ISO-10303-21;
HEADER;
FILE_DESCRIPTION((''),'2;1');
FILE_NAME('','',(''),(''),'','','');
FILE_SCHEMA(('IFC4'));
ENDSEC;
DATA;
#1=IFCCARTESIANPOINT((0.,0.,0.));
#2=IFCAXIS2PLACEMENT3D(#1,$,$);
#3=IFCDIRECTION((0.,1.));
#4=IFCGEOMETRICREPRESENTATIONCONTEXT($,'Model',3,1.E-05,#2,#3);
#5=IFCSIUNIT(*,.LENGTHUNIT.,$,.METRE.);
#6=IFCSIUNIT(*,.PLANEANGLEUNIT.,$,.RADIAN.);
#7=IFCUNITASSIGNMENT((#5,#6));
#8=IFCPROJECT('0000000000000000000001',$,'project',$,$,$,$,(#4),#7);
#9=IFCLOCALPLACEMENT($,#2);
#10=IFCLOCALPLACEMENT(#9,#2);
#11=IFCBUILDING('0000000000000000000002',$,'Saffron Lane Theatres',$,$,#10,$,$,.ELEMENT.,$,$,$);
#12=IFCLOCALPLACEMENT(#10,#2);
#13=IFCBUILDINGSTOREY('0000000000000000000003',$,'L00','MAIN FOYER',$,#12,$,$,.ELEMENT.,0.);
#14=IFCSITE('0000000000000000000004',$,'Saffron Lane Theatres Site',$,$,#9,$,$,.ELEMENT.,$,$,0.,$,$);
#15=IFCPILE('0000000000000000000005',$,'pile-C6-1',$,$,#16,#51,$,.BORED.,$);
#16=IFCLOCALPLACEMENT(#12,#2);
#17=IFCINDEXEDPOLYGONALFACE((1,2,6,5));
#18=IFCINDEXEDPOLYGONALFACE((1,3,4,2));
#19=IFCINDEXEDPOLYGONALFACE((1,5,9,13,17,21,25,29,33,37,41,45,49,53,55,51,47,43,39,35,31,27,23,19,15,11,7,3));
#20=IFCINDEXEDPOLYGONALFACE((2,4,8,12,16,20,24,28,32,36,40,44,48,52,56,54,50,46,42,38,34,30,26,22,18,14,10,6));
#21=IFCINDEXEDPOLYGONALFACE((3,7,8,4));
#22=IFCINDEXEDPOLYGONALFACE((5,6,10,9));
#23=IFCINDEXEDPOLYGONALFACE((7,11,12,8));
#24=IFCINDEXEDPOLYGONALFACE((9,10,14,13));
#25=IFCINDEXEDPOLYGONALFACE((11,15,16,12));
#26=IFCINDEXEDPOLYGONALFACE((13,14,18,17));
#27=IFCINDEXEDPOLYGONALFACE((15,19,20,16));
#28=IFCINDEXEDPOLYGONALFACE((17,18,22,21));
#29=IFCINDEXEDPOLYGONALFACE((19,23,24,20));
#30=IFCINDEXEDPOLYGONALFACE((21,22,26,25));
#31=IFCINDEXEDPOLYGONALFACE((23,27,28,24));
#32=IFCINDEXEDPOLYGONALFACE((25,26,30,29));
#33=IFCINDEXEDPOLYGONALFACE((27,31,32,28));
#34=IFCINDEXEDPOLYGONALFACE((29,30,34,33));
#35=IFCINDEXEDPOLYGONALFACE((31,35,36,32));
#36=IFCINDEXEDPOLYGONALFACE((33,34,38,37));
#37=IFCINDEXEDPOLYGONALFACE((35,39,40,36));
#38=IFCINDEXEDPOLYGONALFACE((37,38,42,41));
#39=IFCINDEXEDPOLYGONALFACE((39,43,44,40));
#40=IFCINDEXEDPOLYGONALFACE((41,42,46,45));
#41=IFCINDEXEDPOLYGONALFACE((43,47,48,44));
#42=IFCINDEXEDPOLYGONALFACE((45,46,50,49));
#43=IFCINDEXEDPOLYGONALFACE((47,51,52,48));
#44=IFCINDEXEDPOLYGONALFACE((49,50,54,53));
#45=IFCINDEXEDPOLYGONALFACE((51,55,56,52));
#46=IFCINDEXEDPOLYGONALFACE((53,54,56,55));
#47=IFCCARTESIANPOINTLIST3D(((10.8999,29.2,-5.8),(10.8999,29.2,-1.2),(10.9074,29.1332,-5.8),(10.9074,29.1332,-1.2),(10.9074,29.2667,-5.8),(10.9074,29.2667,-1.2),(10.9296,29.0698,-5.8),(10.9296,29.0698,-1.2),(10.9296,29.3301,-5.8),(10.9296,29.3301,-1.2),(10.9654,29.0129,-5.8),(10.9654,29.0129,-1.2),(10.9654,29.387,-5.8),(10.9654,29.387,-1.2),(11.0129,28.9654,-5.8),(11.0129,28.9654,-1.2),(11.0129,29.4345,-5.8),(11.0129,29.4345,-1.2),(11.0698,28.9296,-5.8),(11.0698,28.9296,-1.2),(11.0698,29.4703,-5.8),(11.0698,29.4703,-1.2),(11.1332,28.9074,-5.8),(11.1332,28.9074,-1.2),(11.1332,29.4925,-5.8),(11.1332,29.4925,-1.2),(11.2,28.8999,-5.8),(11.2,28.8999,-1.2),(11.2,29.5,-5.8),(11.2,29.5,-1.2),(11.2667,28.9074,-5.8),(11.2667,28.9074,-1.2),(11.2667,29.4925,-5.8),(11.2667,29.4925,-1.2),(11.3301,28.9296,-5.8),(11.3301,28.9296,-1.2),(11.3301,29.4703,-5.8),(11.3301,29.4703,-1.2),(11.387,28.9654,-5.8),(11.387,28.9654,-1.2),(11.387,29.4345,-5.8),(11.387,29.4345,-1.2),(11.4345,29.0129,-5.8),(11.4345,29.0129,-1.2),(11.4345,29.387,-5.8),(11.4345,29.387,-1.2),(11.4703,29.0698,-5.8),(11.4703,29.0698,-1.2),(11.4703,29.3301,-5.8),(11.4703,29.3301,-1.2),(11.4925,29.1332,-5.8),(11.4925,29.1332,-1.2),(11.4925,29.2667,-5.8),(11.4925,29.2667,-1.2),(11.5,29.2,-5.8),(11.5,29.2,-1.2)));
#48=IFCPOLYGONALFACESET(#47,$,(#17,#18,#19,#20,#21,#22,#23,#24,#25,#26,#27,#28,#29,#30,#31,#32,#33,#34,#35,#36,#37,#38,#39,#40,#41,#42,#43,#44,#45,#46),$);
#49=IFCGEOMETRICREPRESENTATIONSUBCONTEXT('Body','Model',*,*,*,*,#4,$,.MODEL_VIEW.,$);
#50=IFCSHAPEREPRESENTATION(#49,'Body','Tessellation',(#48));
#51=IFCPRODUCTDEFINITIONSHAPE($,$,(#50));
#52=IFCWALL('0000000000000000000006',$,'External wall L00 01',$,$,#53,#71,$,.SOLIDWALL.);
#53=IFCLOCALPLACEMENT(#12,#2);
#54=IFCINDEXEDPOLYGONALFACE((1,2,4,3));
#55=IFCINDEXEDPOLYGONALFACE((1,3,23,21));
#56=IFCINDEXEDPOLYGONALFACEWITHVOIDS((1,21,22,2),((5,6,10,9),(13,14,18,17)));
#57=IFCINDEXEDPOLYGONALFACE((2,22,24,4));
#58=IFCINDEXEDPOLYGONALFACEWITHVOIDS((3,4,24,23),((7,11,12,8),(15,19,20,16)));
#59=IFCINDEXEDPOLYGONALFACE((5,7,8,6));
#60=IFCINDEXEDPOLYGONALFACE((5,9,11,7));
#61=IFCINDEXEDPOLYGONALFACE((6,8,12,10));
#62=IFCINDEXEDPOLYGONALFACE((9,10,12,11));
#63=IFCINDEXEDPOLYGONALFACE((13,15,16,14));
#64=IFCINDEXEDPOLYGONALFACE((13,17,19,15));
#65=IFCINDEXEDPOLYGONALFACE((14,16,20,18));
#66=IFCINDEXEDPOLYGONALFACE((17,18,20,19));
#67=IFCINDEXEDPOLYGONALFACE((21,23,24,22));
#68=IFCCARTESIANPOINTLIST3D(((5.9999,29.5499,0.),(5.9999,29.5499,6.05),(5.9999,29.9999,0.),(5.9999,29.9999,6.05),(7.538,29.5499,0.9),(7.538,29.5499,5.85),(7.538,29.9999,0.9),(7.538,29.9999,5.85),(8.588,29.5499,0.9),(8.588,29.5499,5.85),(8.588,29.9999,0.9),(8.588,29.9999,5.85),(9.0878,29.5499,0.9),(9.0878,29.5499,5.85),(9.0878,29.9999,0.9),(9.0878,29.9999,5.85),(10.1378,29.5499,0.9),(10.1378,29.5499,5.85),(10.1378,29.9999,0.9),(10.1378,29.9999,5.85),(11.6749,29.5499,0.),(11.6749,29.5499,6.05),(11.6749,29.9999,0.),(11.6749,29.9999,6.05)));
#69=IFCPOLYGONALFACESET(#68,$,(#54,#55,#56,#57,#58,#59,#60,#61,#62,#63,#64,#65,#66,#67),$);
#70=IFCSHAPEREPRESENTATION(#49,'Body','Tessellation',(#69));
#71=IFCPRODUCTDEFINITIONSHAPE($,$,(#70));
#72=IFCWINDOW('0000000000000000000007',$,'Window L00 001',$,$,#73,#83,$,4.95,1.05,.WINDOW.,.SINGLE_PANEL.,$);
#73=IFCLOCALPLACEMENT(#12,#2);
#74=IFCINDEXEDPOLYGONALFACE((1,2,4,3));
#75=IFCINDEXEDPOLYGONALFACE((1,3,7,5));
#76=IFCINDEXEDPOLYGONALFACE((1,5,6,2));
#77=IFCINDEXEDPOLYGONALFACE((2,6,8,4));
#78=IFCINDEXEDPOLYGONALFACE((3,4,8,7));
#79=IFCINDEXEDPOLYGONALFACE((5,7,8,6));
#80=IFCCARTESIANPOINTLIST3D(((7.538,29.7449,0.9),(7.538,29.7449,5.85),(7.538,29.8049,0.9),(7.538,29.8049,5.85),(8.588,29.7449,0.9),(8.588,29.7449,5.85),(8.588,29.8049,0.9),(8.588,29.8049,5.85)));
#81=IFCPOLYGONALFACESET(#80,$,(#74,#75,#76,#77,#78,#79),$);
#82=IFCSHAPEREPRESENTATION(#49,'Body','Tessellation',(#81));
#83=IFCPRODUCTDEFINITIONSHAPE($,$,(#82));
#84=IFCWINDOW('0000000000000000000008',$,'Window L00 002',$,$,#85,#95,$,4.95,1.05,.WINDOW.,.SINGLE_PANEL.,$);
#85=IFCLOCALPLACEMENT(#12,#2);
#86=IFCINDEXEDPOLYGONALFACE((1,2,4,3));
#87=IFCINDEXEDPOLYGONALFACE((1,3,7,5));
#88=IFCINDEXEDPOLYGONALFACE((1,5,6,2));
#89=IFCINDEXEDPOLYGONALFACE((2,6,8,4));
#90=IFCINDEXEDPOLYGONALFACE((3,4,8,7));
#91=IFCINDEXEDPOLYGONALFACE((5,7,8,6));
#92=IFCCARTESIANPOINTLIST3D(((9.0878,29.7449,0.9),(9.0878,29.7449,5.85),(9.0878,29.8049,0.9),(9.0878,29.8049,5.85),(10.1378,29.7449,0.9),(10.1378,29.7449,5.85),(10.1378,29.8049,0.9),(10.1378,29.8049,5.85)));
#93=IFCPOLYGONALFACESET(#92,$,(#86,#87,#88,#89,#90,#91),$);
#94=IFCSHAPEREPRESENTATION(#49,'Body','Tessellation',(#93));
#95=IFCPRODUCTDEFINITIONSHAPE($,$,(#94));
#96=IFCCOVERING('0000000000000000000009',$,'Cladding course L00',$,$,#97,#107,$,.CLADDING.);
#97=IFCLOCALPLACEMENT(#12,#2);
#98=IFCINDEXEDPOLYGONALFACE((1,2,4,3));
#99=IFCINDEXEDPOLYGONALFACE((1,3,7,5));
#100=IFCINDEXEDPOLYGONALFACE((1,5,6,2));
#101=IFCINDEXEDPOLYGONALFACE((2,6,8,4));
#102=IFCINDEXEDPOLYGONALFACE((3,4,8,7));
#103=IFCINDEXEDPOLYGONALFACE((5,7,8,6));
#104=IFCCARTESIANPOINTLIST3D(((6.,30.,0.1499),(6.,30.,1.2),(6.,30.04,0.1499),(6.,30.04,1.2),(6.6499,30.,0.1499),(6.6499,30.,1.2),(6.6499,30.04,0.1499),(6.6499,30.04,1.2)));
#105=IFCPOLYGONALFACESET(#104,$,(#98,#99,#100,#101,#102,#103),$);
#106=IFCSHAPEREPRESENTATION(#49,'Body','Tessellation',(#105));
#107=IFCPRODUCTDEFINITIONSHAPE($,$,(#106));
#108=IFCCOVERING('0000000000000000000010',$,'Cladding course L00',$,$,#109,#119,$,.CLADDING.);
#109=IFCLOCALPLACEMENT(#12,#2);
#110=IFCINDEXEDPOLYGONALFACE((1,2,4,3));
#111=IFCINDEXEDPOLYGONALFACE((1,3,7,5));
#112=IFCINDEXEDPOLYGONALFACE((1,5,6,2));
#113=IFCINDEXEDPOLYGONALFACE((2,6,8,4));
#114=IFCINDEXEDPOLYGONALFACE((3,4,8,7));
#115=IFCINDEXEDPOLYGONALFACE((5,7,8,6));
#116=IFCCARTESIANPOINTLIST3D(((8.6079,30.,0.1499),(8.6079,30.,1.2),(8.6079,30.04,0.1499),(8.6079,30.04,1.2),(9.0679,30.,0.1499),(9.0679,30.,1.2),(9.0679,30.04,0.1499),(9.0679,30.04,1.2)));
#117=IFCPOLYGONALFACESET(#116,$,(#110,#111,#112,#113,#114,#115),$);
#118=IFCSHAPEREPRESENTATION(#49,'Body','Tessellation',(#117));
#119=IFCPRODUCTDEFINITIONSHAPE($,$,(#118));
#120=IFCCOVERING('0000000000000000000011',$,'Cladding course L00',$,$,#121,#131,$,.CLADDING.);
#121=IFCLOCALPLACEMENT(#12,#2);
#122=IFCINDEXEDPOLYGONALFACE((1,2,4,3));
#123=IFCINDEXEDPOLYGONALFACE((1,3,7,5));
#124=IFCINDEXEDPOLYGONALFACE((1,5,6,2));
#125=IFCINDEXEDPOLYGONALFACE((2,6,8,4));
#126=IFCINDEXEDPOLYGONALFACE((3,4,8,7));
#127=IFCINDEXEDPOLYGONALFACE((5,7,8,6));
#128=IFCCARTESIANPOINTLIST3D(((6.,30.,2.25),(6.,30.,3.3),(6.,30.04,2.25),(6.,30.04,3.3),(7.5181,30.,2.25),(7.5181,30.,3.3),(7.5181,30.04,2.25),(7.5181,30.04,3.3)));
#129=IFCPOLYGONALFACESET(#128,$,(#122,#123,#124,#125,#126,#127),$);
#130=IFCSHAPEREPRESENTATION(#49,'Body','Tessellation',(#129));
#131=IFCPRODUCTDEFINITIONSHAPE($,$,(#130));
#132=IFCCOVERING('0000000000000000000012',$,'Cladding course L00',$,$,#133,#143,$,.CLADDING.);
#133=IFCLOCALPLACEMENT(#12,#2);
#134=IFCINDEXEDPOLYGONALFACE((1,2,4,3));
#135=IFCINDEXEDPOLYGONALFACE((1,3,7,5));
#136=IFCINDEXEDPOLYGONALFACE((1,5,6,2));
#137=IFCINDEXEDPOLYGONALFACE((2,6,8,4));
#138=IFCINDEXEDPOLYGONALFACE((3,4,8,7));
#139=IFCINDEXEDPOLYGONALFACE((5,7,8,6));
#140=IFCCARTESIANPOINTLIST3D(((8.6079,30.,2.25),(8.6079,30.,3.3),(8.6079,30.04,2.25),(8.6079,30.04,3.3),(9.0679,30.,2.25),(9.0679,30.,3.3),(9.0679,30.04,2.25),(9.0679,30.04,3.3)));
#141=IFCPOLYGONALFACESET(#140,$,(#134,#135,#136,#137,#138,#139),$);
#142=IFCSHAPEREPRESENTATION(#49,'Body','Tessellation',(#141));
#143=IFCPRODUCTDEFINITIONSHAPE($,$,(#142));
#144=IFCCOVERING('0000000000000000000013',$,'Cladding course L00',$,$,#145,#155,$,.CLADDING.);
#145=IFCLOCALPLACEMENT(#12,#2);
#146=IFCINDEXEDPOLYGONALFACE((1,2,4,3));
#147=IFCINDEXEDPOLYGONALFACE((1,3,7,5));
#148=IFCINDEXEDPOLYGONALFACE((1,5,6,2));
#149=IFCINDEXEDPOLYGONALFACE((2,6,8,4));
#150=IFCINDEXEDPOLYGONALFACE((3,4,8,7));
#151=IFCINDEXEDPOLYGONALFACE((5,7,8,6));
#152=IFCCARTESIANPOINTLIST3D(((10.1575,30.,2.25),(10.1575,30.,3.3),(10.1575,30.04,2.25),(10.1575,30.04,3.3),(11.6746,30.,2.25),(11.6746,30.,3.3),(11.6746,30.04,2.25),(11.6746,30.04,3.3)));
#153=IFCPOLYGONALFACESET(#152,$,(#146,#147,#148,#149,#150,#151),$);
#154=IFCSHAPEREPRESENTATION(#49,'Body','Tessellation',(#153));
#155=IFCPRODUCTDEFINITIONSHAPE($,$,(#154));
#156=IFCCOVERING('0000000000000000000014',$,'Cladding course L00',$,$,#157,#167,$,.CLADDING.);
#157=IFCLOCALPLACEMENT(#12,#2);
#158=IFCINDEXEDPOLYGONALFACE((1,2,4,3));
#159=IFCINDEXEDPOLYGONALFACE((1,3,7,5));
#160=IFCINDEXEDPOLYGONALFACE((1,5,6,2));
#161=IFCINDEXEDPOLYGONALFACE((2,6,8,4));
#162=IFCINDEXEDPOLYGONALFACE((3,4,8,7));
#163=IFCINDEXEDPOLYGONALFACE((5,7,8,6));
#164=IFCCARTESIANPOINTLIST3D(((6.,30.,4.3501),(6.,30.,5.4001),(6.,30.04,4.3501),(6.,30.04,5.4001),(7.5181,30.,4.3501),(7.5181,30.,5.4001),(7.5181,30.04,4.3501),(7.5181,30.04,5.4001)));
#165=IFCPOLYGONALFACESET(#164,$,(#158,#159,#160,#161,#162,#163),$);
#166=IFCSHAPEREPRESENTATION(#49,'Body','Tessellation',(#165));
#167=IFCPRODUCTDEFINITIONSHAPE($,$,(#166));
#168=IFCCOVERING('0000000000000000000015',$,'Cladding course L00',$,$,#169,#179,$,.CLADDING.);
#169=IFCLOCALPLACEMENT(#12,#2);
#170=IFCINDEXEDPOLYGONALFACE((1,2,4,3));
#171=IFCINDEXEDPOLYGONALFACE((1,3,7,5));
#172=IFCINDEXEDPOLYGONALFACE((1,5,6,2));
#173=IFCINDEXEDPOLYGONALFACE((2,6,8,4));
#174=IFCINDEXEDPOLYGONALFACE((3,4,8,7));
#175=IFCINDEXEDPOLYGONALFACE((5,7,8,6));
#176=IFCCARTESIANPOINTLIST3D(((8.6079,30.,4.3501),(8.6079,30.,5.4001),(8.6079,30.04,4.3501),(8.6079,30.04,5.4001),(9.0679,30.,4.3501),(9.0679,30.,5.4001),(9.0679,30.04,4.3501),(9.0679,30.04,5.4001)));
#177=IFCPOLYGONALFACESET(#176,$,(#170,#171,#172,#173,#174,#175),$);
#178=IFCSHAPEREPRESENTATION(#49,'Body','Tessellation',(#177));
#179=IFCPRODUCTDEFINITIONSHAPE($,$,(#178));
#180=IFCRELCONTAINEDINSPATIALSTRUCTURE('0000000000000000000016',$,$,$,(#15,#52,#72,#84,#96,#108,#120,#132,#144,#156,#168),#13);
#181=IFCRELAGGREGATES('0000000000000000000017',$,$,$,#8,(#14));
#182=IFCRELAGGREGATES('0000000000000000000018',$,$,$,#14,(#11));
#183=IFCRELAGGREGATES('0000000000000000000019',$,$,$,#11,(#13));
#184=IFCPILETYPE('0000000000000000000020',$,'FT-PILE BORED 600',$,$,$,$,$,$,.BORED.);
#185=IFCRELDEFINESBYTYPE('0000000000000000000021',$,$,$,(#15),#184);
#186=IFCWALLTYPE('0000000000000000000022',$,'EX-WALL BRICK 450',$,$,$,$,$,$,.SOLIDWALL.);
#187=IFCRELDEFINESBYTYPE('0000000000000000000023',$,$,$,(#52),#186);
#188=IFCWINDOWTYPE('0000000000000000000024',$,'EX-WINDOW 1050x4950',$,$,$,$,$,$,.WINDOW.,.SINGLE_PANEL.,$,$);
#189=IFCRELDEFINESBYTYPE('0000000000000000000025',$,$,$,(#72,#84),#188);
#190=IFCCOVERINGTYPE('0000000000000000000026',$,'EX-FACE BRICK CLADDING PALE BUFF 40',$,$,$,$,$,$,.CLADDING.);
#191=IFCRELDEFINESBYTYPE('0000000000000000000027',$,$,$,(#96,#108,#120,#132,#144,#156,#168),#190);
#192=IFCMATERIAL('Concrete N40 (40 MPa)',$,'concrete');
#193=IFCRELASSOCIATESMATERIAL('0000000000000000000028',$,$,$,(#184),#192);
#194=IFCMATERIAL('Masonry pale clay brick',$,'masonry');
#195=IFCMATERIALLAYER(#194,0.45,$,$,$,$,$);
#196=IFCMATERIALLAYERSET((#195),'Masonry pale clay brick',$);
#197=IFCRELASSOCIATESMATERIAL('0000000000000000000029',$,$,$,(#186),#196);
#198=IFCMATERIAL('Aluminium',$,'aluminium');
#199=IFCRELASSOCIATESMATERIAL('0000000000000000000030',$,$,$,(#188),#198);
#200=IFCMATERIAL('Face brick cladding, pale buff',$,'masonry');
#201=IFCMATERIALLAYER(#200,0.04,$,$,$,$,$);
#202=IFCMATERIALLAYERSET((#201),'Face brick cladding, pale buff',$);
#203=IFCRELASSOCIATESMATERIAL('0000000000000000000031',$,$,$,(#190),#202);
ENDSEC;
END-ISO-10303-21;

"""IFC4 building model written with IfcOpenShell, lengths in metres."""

from ifc_helpers import new_model, si_unit, direction, frame, frame_2d, origin, origin_2d, place, context, subcontext, project, spatial, rectangle, circle, extrude, material, layer, layer_set, material_profile, profile_set, type_object, element, fill, save


model = new_model("IFC4")

# Units and contexts
model_context = context("Model", 3, precision=1e-05, world=origin(), true_north=direction((0.0, 1.0)))
body_context = subcontext(model_context, "Body", "Model", "MODEL_VIEW")
ifc_project = project(units=[si_unit("LENGTHUNIT", "METRE"), si_unit("PLANEANGLEUNIT", "RADIAN")], contexts=[model_context])

# Site, building, storey
site_placement = place(None, origin())
site = spatial("IfcSite", under=ifc_project, at=site_placement, Name="Saffron Lane Theatres Site", CompositionType="ELEMENT", RefElevation=0.0)
building_placement = place(site_placement, origin())
building = spatial("IfcBuilding", under=site, at=building_placement, Name="Saffron Lane Theatres", CompositionType="ELEMENT")
storey_placement = place(building_placement, origin())
storey = spatial("IfcBuildingStorey", under=building, at=storey_placement, Name="L00", Description="MAIN FOYER", CompositionType="ELEMENT", Elevation=0.0)

# Pile
ifc_material_1 = material(Name="Concrete N40 (40 MPa)", Category="concrete")
ifc_material_profile = material_profile(ifc_material_1, circle(Radius=0.3, at=origin_2d()))
ifc_profile_set = profile_set([ifc_material_profile], Name="Concrete N40 (40 MPa)")
pile_type = type_object("IfcPileType", Name="FT-PILE BORED 600", PredefinedType="BORED", material=ifc_profile_set)
pile_placement = place(storey_placement, frame((11.2, 29.2, -1.2), z_axis=(0.0, 0.0, -1.0), x_axis=(1.0, 0.0, 0.0)))
element("IfcPile", 1, at=pile_placement, inside=storey, type_object=pile_type, Name="pile-C6-1", PredefinedType="BORED", context=body_context, shape_type="SweptSolid", body=[
    extrude(circle(Radius=0.3, at=origin_2d()), origin(), (0.0, 0.0, 1.0), 4.6001),
])

# Wall, openings, windows
ifc_material_2 = material(Name="Masonry pale clay brick", Category="masonry")
ifc_layer_1 = layer(ifc_material_2, 0.45)
ifc_layer_set_1 = layer_set([ifc_layer_1], Name="Masonry pale clay brick")
wall_type = type_object("IfcWallType", Name="EX-WALL BRICK 450", PredefinedType="SOLIDWALL", material=ifc_layer_set_1)
wall_placement = place(storey_placement, frame((6.0, 29.7749, 0.0), z_axis=(0.0, 0.0, 1.0), x_axis=(1.0, 0.0, 0.0)))
wall = element("IfcWall", 2, at=wall_placement, inside=storey, type_object=wall_type, Name="External wall L00 01", PredefinedType="SOLIDWALL", context=body_context, shape_type="SweptSolid", body=[
    extrude(rectangle(XDim=5.675, YDim=0.45, at=frame_2d((2.8374, 0.0))), origin(), (0.0, 0.0, 1.0), 6.05),
])
opening_1_placement = place(wall_placement, frame((1.5381, 0.0, 0.8999)))
opening_1 = element("IfcOpeningElement", 3, at=opening_1_placement, cuts=wall, PredefinedType="OPENING", context=body_context, shape_type="SweptSolid", body=[
    extrude(rectangle(XDim=1.05, YDim=4.95, at=frame_2d((0.5249, 2.4751))), frame((0.0, 0.2349, 0.0), z_axis=(0.0, -1.0, 0.0), x_axis=(1.0, 0.0, 0.0)), (0.0, 0.0, 1.0), 0.47),
])
opening_2_placement = place(wall_placement, frame((3.0879, 0.0, 0.8999)))
opening_2 = element("IfcOpeningElement", 4, at=opening_2_placement, cuts=wall, PredefinedType="OPENING", context=body_context, shape_type="SweptSolid", body=[
    extrude(rectangle(XDim=1.05, YDim=4.95, at=frame_2d((0.5249, 2.4751))), frame((0.0, 0.2349, 0.0), z_axis=(0.0, -1.0, 0.0), x_axis=(1.0, 0.0, 0.0)), (0.0, 0.0, 1.0), 0.47),
])
ifc_material_3 = material(Name="Aluminium", Category="aluminium")
window_type = type_object("IfcWindowType", Name="EX-WINDOW 1050x4950", PartitioningType="SINGLE_PANEL", PredefinedType="WINDOW", material=ifc_material_3)
window_1_placement = place(opening_1_placement, origin())
window_1 = element("IfcWindow", 5, at=window_1_placement, inside=storey, type_object=window_type, Name="Window L00 001", OverallHeight=4.95, OverallWidth=1.05, PartitioningType="SINGLE_PANEL", PredefinedType="WINDOW", context=body_context, shape_type="SweptSolid", body=[
    extrude(rectangle(XDim=1.05, YDim=4.95, at=frame_2d((0.5249, 2.4751))), frame((0.0, 0.03, 0.0), z_axis=(0.0, -1.0, 0.0), x_axis=(1.0, 0.0, 0.0)), (0.0, 0.0, 1.0), 0.0601),
])
fill(opening_1, window_1)
window_2_placement = place(opening_2_placement, origin())
window_2 = element("IfcWindow", 6, at=window_2_placement, inside=storey, type_object=window_type, Name="Window L00 002", OverallHeight=4.95, OverallWidth=1.05, PartitioningType="SINGLE_PANEL", PredefinedType="WINDOW", context=body_context, shape_type="SweptSolid", body=[
    extrude(rectangle(XDim=1.05, YDim=4.95, at=frame_2d((0.5249, 2.4751))), frame((0.0, 0.03, 0.0), z_axis=(0.0, -1.0, 0.0), x_axis=(1.0, 0.0, 0.0)), (0.0, 0.0, 1.0), 0.0601),
])
fill(opening_2, window_2)

# Coverings
ifc_material_4 = material(Name="Face brick cladding, pale buff", Category="masonry")
ifc_layer_2 = layer(ifc_material_4, 0.04)
ifc_layer_set_2 = layer_set([ifc_layer_2], Name="Face brick cladding, pale buff")
covering_type_1 = type_object("IfcCoveringType", Name="EX-FACE BRICK CLADDING PALE BUFF 40", PredefinedType="CLADDING", material=ifc_layer_set_2)
covering_1_placement = place(storey_placement, frame((6.325, 30.02, 0.1499), z_axis=(0.0, 0.0, 1.0), x_axis=(1.0, 0.0, 0.0)))
element("IfcCovering", 7, at=covering_1_placement, inside=storey, type_object=covering_type_1, Name="Cladding course L00", PredefinedType="CLADDING", context=body_context, shape_type="SweptSolid", body=[
    extrude(rectangle(XDim=0.6499, YDim=0.04, at=origin_2d()), origin(), (0.0, 0.0, 1.0), 1.05),
])
covering_2_placement = place(storey_placement, frame((8.8379, 30.02, 0.1499), z_axis=(0.0, 0.0, 1.0), x_axis=(1.0, 0.0, 0.0)))
element("IfcCovering", 8, at=covering_2_placement, inside=storey, type_object=covering_type_1, Name="Cladding course L00", PredefinedType="CLADDING", context=body_context, shape_type="SweptSolid", body=[
    extrude(rectangle(XDim=0.46, YDim=0.04, at=origin_2d()), origin(), (0.0, 0.0, 1.0), 1.05),
])
covering_3_placement = place(storey_placement, frame((6.759, 30.02, 2.25), z_axis=(0.0, 0.0, 1.0), x_axis=(1.0, 0.0, 0.0)))
element("IfcCovering", 9, at=covering_3_placement, inside=storey, type_object=covering_type_1, Name="Cladding course L00", PredefinedType="CLADDING", context=body_context, shape_type="SweptSolid", body=[
    extrude(rectangle(XDim=1.5181, YDim=0.04, at=origin_2d()), origin(), (0.0, 0.0, 1.0), 1.05),
])
covering_4_placement = place(storey_placement, frame((8.8379, 30.02, 2.25), z_axis=(0.0, 0.0, 1.0), x_axis=(1.0, 0.0, 0.0)))
element("IfcCovering", 10, at=covering_4_placement, inside=storey, type_object=covering_type_1, Name="Cladding course L00", PredefinedType="CLADDING", context=body_context, shape_type="SweptSolid", body=[
    extrude(rectangle(XDim=0.46, YDim=0.04, at=origin_2d()), origin(), (0.0, 0.0, 1.0), 1.05),
])
covering_5_placement = place(storey_placement, frame((10.916, 30.02, 2.25), z_axis=(0.0, 0.0, 1.0), x_axis=(1.0, 0.0, 0.0)))
element("IfcCovering", 11, at=covering_5_placement, inside=storey, type_object=covering_type_1, Name="Cladding course L00", PredefinedType="CLADDING", context=body_context, shape_type="SweptSolid", body=[
    extrude(rectangle(XDim=1.5171, YDim=0.04, at=origin_2d()), origin(), (0.0, 0.0, 1.0), 1.05),
])
covering_6_placement = place(storey_placement, frame((6.759, 30.02, 4.3501), z_axis=(0.0, 0.0, 1.0), x_axis=(1.0, 0.0, 0.0)))
element("IfcCovering", 12, at=covering_6_placement, inside=storey, type_object=covering_type_1, Name="Cladding course L00", PredefinedType="CLADDING", context=body_context, shape_type="SweptSolid", body=[
    extrude(rectangle(XDim=1.5181, YDim=0.04, at=origin_2d()), origin(), (0.0, 0.0, 1.0), 1.05),
])
covering_7_placement = place(storey_placement, frame((8.8379, 30.02, 4.3501), z_axis=(0.0, 0.0, 1.0), x_axis=(1.0, 0.0, 0.0)))
element("IfcCovering", 13, at=covering_7_placement, inside=storey, type_object=covering_type_1, Name="Cladding course L00", PredefinedType="CLADDING", context=body_context, shape_type="SweptSolid", body=[
    extrude(rectangle(XDim=0.46, YDim=0.04, at=origin_2d()), origin(), (0.0, 0.0, 1.0), 1.05),
])

save(model, "model.ifc")
